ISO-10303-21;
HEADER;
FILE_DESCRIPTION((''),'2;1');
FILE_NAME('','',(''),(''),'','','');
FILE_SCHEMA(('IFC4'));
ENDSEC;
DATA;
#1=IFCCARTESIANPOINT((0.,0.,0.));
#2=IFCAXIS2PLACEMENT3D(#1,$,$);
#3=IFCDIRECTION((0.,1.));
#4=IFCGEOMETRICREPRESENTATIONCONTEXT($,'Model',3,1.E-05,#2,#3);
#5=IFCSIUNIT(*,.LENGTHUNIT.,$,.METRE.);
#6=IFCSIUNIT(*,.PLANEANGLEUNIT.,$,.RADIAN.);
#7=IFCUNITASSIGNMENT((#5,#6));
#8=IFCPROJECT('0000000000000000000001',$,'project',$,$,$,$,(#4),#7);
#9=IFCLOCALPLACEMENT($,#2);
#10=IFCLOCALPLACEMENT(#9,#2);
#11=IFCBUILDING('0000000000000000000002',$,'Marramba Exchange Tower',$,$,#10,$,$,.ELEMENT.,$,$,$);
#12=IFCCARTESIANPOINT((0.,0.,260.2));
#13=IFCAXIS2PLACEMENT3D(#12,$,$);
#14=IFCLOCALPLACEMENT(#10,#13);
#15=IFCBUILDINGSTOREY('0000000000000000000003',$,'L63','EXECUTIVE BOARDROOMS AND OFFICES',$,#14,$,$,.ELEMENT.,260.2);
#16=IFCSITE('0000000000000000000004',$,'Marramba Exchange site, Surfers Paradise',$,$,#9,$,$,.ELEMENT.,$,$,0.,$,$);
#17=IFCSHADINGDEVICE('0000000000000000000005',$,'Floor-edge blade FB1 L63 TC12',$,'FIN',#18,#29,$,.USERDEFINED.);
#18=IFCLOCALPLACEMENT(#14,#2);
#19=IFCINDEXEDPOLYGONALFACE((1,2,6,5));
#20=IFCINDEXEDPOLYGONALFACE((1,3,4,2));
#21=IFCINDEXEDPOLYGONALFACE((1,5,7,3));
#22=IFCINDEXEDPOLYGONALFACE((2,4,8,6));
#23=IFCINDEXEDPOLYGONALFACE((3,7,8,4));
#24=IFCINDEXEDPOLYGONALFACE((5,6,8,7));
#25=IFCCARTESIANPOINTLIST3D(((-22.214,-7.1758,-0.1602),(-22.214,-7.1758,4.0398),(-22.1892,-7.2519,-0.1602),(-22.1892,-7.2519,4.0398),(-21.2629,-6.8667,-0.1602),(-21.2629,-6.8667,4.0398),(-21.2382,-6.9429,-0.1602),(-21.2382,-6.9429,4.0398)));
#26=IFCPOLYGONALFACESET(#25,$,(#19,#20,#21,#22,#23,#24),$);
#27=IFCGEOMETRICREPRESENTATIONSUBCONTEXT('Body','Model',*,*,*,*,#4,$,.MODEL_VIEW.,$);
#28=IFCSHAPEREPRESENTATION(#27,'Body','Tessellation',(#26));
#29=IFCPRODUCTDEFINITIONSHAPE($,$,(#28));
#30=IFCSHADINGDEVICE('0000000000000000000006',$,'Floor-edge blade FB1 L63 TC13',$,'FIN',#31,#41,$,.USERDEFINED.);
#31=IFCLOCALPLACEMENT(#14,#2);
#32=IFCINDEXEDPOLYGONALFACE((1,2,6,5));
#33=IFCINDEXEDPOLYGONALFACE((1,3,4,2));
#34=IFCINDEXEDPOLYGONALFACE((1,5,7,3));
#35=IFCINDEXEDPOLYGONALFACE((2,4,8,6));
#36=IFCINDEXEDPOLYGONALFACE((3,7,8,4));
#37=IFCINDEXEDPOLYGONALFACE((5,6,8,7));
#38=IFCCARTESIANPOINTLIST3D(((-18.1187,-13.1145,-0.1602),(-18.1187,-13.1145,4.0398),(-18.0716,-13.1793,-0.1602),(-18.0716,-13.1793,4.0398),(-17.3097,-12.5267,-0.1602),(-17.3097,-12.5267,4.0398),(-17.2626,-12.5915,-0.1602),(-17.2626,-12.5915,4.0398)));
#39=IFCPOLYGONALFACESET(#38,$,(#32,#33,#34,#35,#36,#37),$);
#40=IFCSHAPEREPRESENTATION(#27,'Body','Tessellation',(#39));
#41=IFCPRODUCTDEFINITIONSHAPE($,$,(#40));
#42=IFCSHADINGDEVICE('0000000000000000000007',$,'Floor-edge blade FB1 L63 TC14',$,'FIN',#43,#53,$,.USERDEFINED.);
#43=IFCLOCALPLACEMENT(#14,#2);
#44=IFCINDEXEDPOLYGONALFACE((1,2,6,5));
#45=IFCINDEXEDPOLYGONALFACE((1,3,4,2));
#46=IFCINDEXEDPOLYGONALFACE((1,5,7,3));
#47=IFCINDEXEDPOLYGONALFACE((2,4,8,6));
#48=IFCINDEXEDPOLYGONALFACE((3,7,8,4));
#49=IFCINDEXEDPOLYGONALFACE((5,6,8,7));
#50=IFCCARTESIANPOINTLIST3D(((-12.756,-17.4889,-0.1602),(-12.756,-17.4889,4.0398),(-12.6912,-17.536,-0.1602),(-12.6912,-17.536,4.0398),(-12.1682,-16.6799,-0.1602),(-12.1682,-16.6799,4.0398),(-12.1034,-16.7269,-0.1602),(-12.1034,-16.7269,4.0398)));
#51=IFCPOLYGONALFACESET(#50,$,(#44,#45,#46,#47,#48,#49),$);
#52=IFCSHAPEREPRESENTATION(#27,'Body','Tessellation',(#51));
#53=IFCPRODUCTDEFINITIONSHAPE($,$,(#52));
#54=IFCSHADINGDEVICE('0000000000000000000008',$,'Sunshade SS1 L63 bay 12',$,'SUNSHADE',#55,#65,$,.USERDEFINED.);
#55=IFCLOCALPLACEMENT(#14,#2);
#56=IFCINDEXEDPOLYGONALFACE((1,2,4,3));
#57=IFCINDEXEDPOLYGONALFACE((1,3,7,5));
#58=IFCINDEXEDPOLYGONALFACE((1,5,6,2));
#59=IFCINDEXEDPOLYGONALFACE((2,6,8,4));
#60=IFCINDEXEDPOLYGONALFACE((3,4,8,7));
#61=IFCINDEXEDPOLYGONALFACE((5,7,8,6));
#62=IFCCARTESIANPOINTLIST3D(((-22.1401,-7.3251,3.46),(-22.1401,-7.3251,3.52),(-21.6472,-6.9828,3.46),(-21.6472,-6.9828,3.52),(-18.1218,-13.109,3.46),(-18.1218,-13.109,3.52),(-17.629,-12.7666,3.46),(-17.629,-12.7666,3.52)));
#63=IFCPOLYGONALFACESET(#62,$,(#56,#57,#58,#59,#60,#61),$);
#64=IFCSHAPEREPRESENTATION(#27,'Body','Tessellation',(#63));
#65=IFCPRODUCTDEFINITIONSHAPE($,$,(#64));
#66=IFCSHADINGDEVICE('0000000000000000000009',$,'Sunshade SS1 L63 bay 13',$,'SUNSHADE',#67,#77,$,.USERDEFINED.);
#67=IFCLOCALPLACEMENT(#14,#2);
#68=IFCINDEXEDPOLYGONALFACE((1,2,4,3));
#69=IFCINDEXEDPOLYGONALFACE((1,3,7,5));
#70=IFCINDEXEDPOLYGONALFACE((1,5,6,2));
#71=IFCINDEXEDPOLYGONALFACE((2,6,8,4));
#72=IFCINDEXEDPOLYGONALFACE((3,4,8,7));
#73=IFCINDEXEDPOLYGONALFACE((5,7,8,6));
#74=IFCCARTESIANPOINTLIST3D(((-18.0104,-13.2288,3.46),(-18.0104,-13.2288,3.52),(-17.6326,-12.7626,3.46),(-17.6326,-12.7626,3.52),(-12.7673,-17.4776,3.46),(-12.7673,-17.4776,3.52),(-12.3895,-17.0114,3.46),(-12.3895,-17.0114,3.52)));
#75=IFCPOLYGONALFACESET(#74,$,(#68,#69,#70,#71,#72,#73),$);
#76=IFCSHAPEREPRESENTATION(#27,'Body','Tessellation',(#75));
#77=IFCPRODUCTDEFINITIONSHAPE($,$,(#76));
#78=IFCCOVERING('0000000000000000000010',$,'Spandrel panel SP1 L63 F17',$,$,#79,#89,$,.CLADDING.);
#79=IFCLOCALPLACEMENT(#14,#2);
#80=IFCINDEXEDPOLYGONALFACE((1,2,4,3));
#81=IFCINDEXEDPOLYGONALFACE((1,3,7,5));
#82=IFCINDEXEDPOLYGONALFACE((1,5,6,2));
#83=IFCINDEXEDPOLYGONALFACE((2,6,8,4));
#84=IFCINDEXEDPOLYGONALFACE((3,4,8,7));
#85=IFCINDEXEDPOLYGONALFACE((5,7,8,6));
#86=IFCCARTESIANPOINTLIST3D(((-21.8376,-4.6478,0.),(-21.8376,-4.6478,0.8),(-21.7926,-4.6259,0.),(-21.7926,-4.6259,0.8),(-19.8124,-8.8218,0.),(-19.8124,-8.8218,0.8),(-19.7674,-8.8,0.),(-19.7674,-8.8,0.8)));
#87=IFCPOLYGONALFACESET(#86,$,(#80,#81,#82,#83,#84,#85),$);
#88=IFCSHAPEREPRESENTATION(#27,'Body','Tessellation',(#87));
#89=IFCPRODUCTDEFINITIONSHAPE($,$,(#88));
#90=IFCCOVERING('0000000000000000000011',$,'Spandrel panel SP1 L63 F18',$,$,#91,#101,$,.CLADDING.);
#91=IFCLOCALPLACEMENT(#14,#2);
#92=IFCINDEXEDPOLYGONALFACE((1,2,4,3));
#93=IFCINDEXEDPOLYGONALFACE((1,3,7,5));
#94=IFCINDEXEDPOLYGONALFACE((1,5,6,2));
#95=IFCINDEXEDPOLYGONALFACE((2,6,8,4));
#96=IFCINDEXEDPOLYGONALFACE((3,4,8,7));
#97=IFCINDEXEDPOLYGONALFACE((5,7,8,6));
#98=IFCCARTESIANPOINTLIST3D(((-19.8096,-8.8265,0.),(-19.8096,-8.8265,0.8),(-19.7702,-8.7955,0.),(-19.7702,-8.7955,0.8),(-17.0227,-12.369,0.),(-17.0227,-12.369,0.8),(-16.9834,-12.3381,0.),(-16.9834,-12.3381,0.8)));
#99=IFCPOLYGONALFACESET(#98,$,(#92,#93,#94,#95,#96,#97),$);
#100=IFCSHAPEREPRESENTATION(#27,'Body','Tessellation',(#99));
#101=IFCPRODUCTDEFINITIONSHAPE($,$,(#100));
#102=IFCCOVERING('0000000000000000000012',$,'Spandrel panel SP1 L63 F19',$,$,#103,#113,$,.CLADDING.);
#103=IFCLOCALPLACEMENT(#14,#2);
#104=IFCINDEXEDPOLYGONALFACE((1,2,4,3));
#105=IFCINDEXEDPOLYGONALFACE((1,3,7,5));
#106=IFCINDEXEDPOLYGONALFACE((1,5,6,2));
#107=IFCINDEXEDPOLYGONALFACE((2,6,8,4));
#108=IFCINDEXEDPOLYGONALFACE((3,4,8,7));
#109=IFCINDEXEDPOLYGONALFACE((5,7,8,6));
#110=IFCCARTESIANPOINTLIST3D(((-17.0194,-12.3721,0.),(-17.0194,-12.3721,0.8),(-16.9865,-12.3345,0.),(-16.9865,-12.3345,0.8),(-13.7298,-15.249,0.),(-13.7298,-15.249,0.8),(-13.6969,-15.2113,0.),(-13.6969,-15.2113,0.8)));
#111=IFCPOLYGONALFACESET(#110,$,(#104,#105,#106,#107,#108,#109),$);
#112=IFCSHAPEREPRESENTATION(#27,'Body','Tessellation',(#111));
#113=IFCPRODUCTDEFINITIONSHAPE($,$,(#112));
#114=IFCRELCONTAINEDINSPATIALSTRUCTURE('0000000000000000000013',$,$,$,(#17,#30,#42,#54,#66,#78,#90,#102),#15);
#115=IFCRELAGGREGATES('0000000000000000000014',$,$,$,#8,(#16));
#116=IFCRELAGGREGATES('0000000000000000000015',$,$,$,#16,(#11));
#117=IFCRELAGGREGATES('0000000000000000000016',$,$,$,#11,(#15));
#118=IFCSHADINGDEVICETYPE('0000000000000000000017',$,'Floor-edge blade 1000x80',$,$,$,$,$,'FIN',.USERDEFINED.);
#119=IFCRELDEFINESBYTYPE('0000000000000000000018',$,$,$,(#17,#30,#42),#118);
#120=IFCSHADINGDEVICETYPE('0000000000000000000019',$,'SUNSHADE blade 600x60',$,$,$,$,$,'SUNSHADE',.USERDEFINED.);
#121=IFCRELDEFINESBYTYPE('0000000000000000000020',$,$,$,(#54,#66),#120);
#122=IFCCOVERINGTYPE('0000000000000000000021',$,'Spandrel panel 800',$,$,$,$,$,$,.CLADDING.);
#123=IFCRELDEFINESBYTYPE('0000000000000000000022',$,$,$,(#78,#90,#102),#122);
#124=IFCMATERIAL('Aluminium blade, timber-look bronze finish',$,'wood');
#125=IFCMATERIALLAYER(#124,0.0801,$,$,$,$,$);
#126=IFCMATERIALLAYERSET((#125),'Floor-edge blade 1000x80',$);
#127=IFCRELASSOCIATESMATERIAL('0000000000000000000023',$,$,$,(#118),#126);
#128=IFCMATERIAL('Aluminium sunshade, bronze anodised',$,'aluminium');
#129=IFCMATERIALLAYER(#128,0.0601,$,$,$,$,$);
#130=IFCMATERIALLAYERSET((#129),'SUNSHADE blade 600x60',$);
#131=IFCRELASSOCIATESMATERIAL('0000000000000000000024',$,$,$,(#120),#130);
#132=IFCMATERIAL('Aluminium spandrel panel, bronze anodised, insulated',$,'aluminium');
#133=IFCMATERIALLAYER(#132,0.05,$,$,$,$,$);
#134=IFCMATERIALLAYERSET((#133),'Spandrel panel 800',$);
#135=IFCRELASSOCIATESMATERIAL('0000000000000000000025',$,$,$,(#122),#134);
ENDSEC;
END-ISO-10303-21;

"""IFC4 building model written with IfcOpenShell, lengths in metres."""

from ifc_helpers import new_model, si_unit, direction, frame, origin, origin_2d, place, context, subcontext, project, spatial, rectangle, extrude, material, layer, layer_set, type_object, element, save


model = new_model("IFC4")

# Units and contexts
model_context = context("Model", 3, precision=1e-05, world=origin(), true_north=direction((0.0, 1.0)))
body_context = subcontext(model_context, "Body", "Model", "MODEL_VIEW")
ifc_project = project(units=[si_unit("LENGTHUNIT", "METRE"), si_unit("PLANEANGLEUNIT", "RADIAN")], contexts=[model_context])

# Site, building, storey
site_placement = place(None, origin())
site = spatial("IfcSite", under=ifc_project, at=site_placement, Name="Marramba Exchange site, Surfers Paradise", CompositionType="ELEMENT", RefElevation=0.0)
building_placement = place(site_placement, origin())
building = spatial("IfcBuilding", under=site, at=building_placement, Name="Marramba Exchange Tower", CompositionType="ELEMENT")
storey_placement = place(building_placement, frame((0.0, 0.0, 260.2)))
storey = spatial("IfcBuildingStorey", under=building, at=storey_placement, Name="L63", Description="EXECUTIVE BOARDROOMS AND OFFICES", CompositionType="ELEMENT", Elevation=260.2)

# Shading devices
ifc_material_1 = material(Name="Aluminium blade, timber-look bronze finish", Category="wood")
ifc_layer_1 = layer(ifc_material_1, 0.0801)
ifc_layer_set_1 = layer_set([ifc_layer_1], Name="Floor-edge blade 1000x80")
shading_device_type_1 = type_object("IfcShadingDeviceType", Name="Floor-edge blade 1000x80", ElementType="FIN", PredefinedType="USERDEFINED", material=ifc_layer_set_1)
for number, where, z_axis, x_axis, name in (
    (1, (-21.7261, -7.0593, -0.1602), (0.0, 0.0, 1.0), (-0.951057, -0.309017, 0.0), "Floor-edge blade FB1 L63 TC12"),
    (2, (-17.6907, -12.853, -0.1602), (0.0, 0.0, 1.0), (-0.809017, -0.587785, 0.0), "Floor-edge blade FB1 L63 TC13"),
    (3, (-12.4297, -17.1079, -0.1602), (0.0, 0.0, 1.0), (-0.587785, -0.809017, 0.0), "Floor-edge blade FB1 L63 TC14"),
):
    element("IfcShadingDevice", number, at=place(storey_placement, frame(where, z_axis=z_axis, x_axis=x_axis)), inside=storey, type_object=shading_device_type_1, Name=name, ObjectType="FIN", PredefinedType="USERDEFINED", context=body_context, shape_type="SweptSolid", body=[
        extrude(rectangle(XDim=1.0, YDim=0.0801, at=origin_2d()), origin(), (0.0, 0.0, 1.0), 4.2),
    ])
ifc_material_2 = material(Name="Aluminium sunshade, bronze anodised", Category="aluminium")
ifc_layer_2 = layer(ifc_material_2, 0.0601)
ifc_layer_set_2 = layer_set([ifc_layer_2], Name="SUNSHADE blade 600x60")
shading_device_type_2 = type_object("IfcShadingDeviceType", Name="SUNSHADE blade 600x60", ElementType="SUNSHADE", PredefinedType="USERDEFINED", material=ifc_layer_set_2)
shading_device_1_placement = place(storey_placement, frame((-19.8845, -10.0459, 3.46), z_axis=(0.0, 0.0, 1.0), x_axis=(0.570558, -0.821257, 0.0)))
element("IfcShadingDevice", 4, at=shading_device_1_placement, inside=storey, type_object=shading_device_type_2, Name="Sunshade SS1 L63 bay 12", ObjectType="SUNSHADE", PredefinedType="USERDEFINED", context=body_context, shape_type="SweptSolid", body=[
    extrude(rectangle(XDim=7.0427, YDim=0.6001, at=origin_2d()), origin(), (0.0, 0.0, 1.0), 0.0601),
])
shading_device_2_placement = place(storey_placement, frame((-15.2, -15.1201, 3.46), z_axis=(0.0, 0.0, 1.0), x_axis=(0.776928, -0.62959, 0.0)))
element("IfcShadingDevice", 5, at=shading_device_2_placement, inside=storey, type_object=shading_device_type_2, Name="Sunshade SS1 L63 bay 13", ObjectType="SUNSHADE", PredefinedType="USERDEFINED", context=body_context, shape_type="SweptSolid", body=[
    extrude(rectangle(XDim=6.7485, YDim=0.6001, at=origin_2d()), origin(), (0.0, 0.0, 1.0), 0.0601),
])

# Coverings
ifc_material_3 = material(Name="Aluminium spandrel panel, bronze anodised, insulated", Category="aluminium")
ifc_layer_3 = layer(ifc_material_3, 0.05)
ifc_layer_set_3 = layer_set([ifc_layer_3], Name="Spandrel panel 800")
covering_type = type_object("IfcCoveringType", Name="Spandrel panel 800", PredefinedType="CLADDING", material=ifc_layer_set_3)
covering_1_placement = place(storey_placement, frame((-20.8025, -6.7239, 0.0), z_axis=(0.0, 0.0, 1.0), x_axis=(0.436515, -0.899697, 0.0)))
element("IfcCovering", 6, at=covering_1_placement, inside=storey, type_object=covering_type, Name="Spandrel panel SP1 L63 F17", PredefinedType="CLADDING", context=body_context, shape_type="SweptSolid", body=[
    extrude(rectangle(XDim=4.6394, YDim=0.05, at=origin_2d()), origin(), (0.0, 0.0, 1.0), 0.8),
])
covering_2_placement = place(storey_placement, frame((-18.3965, -10.5823, 0.0), z_axis=(0.0, 0.0, 1.0), x_axis=(0.618291, -0.78595, 0.0)))
element("IfcCovering", 7, at=covering_2_placement, inside=storey, type_object=covering_type, Name="Spandrel panel SP1 L63 F18", PredefinedType="CLADDING", context=body_context, shape_type="SweptSolid", body=[
    extrude(rectangle(XDim=4.5073, YDim=0.05, at=origin_2d()), origin(), (0.0, 0.0, 1.0), 0.8),
])
covering_3_placement = place(storey_placement, frame((-15.3582, -13.7917, 0.0), z_axis=(0.0, 0.0, 1.0), x_axis=(0.752751, -0.658305, 0.0)))
element("IfcCovering", 8, at=covering_3_placement, inside=storey, type_object=covering_type, Name="Spandrel panel SP1 L63 F19", PredefinedType="CLADDING", context=body_context, shape_type="SweptSolid", body=[
    extrude(rectangle(XDim=4.3701, YDim=0.05, at=origin_2d()), origin(), (0.0, 0.0, 1.0), 0.8),
])

save(model, "model.ifc")
